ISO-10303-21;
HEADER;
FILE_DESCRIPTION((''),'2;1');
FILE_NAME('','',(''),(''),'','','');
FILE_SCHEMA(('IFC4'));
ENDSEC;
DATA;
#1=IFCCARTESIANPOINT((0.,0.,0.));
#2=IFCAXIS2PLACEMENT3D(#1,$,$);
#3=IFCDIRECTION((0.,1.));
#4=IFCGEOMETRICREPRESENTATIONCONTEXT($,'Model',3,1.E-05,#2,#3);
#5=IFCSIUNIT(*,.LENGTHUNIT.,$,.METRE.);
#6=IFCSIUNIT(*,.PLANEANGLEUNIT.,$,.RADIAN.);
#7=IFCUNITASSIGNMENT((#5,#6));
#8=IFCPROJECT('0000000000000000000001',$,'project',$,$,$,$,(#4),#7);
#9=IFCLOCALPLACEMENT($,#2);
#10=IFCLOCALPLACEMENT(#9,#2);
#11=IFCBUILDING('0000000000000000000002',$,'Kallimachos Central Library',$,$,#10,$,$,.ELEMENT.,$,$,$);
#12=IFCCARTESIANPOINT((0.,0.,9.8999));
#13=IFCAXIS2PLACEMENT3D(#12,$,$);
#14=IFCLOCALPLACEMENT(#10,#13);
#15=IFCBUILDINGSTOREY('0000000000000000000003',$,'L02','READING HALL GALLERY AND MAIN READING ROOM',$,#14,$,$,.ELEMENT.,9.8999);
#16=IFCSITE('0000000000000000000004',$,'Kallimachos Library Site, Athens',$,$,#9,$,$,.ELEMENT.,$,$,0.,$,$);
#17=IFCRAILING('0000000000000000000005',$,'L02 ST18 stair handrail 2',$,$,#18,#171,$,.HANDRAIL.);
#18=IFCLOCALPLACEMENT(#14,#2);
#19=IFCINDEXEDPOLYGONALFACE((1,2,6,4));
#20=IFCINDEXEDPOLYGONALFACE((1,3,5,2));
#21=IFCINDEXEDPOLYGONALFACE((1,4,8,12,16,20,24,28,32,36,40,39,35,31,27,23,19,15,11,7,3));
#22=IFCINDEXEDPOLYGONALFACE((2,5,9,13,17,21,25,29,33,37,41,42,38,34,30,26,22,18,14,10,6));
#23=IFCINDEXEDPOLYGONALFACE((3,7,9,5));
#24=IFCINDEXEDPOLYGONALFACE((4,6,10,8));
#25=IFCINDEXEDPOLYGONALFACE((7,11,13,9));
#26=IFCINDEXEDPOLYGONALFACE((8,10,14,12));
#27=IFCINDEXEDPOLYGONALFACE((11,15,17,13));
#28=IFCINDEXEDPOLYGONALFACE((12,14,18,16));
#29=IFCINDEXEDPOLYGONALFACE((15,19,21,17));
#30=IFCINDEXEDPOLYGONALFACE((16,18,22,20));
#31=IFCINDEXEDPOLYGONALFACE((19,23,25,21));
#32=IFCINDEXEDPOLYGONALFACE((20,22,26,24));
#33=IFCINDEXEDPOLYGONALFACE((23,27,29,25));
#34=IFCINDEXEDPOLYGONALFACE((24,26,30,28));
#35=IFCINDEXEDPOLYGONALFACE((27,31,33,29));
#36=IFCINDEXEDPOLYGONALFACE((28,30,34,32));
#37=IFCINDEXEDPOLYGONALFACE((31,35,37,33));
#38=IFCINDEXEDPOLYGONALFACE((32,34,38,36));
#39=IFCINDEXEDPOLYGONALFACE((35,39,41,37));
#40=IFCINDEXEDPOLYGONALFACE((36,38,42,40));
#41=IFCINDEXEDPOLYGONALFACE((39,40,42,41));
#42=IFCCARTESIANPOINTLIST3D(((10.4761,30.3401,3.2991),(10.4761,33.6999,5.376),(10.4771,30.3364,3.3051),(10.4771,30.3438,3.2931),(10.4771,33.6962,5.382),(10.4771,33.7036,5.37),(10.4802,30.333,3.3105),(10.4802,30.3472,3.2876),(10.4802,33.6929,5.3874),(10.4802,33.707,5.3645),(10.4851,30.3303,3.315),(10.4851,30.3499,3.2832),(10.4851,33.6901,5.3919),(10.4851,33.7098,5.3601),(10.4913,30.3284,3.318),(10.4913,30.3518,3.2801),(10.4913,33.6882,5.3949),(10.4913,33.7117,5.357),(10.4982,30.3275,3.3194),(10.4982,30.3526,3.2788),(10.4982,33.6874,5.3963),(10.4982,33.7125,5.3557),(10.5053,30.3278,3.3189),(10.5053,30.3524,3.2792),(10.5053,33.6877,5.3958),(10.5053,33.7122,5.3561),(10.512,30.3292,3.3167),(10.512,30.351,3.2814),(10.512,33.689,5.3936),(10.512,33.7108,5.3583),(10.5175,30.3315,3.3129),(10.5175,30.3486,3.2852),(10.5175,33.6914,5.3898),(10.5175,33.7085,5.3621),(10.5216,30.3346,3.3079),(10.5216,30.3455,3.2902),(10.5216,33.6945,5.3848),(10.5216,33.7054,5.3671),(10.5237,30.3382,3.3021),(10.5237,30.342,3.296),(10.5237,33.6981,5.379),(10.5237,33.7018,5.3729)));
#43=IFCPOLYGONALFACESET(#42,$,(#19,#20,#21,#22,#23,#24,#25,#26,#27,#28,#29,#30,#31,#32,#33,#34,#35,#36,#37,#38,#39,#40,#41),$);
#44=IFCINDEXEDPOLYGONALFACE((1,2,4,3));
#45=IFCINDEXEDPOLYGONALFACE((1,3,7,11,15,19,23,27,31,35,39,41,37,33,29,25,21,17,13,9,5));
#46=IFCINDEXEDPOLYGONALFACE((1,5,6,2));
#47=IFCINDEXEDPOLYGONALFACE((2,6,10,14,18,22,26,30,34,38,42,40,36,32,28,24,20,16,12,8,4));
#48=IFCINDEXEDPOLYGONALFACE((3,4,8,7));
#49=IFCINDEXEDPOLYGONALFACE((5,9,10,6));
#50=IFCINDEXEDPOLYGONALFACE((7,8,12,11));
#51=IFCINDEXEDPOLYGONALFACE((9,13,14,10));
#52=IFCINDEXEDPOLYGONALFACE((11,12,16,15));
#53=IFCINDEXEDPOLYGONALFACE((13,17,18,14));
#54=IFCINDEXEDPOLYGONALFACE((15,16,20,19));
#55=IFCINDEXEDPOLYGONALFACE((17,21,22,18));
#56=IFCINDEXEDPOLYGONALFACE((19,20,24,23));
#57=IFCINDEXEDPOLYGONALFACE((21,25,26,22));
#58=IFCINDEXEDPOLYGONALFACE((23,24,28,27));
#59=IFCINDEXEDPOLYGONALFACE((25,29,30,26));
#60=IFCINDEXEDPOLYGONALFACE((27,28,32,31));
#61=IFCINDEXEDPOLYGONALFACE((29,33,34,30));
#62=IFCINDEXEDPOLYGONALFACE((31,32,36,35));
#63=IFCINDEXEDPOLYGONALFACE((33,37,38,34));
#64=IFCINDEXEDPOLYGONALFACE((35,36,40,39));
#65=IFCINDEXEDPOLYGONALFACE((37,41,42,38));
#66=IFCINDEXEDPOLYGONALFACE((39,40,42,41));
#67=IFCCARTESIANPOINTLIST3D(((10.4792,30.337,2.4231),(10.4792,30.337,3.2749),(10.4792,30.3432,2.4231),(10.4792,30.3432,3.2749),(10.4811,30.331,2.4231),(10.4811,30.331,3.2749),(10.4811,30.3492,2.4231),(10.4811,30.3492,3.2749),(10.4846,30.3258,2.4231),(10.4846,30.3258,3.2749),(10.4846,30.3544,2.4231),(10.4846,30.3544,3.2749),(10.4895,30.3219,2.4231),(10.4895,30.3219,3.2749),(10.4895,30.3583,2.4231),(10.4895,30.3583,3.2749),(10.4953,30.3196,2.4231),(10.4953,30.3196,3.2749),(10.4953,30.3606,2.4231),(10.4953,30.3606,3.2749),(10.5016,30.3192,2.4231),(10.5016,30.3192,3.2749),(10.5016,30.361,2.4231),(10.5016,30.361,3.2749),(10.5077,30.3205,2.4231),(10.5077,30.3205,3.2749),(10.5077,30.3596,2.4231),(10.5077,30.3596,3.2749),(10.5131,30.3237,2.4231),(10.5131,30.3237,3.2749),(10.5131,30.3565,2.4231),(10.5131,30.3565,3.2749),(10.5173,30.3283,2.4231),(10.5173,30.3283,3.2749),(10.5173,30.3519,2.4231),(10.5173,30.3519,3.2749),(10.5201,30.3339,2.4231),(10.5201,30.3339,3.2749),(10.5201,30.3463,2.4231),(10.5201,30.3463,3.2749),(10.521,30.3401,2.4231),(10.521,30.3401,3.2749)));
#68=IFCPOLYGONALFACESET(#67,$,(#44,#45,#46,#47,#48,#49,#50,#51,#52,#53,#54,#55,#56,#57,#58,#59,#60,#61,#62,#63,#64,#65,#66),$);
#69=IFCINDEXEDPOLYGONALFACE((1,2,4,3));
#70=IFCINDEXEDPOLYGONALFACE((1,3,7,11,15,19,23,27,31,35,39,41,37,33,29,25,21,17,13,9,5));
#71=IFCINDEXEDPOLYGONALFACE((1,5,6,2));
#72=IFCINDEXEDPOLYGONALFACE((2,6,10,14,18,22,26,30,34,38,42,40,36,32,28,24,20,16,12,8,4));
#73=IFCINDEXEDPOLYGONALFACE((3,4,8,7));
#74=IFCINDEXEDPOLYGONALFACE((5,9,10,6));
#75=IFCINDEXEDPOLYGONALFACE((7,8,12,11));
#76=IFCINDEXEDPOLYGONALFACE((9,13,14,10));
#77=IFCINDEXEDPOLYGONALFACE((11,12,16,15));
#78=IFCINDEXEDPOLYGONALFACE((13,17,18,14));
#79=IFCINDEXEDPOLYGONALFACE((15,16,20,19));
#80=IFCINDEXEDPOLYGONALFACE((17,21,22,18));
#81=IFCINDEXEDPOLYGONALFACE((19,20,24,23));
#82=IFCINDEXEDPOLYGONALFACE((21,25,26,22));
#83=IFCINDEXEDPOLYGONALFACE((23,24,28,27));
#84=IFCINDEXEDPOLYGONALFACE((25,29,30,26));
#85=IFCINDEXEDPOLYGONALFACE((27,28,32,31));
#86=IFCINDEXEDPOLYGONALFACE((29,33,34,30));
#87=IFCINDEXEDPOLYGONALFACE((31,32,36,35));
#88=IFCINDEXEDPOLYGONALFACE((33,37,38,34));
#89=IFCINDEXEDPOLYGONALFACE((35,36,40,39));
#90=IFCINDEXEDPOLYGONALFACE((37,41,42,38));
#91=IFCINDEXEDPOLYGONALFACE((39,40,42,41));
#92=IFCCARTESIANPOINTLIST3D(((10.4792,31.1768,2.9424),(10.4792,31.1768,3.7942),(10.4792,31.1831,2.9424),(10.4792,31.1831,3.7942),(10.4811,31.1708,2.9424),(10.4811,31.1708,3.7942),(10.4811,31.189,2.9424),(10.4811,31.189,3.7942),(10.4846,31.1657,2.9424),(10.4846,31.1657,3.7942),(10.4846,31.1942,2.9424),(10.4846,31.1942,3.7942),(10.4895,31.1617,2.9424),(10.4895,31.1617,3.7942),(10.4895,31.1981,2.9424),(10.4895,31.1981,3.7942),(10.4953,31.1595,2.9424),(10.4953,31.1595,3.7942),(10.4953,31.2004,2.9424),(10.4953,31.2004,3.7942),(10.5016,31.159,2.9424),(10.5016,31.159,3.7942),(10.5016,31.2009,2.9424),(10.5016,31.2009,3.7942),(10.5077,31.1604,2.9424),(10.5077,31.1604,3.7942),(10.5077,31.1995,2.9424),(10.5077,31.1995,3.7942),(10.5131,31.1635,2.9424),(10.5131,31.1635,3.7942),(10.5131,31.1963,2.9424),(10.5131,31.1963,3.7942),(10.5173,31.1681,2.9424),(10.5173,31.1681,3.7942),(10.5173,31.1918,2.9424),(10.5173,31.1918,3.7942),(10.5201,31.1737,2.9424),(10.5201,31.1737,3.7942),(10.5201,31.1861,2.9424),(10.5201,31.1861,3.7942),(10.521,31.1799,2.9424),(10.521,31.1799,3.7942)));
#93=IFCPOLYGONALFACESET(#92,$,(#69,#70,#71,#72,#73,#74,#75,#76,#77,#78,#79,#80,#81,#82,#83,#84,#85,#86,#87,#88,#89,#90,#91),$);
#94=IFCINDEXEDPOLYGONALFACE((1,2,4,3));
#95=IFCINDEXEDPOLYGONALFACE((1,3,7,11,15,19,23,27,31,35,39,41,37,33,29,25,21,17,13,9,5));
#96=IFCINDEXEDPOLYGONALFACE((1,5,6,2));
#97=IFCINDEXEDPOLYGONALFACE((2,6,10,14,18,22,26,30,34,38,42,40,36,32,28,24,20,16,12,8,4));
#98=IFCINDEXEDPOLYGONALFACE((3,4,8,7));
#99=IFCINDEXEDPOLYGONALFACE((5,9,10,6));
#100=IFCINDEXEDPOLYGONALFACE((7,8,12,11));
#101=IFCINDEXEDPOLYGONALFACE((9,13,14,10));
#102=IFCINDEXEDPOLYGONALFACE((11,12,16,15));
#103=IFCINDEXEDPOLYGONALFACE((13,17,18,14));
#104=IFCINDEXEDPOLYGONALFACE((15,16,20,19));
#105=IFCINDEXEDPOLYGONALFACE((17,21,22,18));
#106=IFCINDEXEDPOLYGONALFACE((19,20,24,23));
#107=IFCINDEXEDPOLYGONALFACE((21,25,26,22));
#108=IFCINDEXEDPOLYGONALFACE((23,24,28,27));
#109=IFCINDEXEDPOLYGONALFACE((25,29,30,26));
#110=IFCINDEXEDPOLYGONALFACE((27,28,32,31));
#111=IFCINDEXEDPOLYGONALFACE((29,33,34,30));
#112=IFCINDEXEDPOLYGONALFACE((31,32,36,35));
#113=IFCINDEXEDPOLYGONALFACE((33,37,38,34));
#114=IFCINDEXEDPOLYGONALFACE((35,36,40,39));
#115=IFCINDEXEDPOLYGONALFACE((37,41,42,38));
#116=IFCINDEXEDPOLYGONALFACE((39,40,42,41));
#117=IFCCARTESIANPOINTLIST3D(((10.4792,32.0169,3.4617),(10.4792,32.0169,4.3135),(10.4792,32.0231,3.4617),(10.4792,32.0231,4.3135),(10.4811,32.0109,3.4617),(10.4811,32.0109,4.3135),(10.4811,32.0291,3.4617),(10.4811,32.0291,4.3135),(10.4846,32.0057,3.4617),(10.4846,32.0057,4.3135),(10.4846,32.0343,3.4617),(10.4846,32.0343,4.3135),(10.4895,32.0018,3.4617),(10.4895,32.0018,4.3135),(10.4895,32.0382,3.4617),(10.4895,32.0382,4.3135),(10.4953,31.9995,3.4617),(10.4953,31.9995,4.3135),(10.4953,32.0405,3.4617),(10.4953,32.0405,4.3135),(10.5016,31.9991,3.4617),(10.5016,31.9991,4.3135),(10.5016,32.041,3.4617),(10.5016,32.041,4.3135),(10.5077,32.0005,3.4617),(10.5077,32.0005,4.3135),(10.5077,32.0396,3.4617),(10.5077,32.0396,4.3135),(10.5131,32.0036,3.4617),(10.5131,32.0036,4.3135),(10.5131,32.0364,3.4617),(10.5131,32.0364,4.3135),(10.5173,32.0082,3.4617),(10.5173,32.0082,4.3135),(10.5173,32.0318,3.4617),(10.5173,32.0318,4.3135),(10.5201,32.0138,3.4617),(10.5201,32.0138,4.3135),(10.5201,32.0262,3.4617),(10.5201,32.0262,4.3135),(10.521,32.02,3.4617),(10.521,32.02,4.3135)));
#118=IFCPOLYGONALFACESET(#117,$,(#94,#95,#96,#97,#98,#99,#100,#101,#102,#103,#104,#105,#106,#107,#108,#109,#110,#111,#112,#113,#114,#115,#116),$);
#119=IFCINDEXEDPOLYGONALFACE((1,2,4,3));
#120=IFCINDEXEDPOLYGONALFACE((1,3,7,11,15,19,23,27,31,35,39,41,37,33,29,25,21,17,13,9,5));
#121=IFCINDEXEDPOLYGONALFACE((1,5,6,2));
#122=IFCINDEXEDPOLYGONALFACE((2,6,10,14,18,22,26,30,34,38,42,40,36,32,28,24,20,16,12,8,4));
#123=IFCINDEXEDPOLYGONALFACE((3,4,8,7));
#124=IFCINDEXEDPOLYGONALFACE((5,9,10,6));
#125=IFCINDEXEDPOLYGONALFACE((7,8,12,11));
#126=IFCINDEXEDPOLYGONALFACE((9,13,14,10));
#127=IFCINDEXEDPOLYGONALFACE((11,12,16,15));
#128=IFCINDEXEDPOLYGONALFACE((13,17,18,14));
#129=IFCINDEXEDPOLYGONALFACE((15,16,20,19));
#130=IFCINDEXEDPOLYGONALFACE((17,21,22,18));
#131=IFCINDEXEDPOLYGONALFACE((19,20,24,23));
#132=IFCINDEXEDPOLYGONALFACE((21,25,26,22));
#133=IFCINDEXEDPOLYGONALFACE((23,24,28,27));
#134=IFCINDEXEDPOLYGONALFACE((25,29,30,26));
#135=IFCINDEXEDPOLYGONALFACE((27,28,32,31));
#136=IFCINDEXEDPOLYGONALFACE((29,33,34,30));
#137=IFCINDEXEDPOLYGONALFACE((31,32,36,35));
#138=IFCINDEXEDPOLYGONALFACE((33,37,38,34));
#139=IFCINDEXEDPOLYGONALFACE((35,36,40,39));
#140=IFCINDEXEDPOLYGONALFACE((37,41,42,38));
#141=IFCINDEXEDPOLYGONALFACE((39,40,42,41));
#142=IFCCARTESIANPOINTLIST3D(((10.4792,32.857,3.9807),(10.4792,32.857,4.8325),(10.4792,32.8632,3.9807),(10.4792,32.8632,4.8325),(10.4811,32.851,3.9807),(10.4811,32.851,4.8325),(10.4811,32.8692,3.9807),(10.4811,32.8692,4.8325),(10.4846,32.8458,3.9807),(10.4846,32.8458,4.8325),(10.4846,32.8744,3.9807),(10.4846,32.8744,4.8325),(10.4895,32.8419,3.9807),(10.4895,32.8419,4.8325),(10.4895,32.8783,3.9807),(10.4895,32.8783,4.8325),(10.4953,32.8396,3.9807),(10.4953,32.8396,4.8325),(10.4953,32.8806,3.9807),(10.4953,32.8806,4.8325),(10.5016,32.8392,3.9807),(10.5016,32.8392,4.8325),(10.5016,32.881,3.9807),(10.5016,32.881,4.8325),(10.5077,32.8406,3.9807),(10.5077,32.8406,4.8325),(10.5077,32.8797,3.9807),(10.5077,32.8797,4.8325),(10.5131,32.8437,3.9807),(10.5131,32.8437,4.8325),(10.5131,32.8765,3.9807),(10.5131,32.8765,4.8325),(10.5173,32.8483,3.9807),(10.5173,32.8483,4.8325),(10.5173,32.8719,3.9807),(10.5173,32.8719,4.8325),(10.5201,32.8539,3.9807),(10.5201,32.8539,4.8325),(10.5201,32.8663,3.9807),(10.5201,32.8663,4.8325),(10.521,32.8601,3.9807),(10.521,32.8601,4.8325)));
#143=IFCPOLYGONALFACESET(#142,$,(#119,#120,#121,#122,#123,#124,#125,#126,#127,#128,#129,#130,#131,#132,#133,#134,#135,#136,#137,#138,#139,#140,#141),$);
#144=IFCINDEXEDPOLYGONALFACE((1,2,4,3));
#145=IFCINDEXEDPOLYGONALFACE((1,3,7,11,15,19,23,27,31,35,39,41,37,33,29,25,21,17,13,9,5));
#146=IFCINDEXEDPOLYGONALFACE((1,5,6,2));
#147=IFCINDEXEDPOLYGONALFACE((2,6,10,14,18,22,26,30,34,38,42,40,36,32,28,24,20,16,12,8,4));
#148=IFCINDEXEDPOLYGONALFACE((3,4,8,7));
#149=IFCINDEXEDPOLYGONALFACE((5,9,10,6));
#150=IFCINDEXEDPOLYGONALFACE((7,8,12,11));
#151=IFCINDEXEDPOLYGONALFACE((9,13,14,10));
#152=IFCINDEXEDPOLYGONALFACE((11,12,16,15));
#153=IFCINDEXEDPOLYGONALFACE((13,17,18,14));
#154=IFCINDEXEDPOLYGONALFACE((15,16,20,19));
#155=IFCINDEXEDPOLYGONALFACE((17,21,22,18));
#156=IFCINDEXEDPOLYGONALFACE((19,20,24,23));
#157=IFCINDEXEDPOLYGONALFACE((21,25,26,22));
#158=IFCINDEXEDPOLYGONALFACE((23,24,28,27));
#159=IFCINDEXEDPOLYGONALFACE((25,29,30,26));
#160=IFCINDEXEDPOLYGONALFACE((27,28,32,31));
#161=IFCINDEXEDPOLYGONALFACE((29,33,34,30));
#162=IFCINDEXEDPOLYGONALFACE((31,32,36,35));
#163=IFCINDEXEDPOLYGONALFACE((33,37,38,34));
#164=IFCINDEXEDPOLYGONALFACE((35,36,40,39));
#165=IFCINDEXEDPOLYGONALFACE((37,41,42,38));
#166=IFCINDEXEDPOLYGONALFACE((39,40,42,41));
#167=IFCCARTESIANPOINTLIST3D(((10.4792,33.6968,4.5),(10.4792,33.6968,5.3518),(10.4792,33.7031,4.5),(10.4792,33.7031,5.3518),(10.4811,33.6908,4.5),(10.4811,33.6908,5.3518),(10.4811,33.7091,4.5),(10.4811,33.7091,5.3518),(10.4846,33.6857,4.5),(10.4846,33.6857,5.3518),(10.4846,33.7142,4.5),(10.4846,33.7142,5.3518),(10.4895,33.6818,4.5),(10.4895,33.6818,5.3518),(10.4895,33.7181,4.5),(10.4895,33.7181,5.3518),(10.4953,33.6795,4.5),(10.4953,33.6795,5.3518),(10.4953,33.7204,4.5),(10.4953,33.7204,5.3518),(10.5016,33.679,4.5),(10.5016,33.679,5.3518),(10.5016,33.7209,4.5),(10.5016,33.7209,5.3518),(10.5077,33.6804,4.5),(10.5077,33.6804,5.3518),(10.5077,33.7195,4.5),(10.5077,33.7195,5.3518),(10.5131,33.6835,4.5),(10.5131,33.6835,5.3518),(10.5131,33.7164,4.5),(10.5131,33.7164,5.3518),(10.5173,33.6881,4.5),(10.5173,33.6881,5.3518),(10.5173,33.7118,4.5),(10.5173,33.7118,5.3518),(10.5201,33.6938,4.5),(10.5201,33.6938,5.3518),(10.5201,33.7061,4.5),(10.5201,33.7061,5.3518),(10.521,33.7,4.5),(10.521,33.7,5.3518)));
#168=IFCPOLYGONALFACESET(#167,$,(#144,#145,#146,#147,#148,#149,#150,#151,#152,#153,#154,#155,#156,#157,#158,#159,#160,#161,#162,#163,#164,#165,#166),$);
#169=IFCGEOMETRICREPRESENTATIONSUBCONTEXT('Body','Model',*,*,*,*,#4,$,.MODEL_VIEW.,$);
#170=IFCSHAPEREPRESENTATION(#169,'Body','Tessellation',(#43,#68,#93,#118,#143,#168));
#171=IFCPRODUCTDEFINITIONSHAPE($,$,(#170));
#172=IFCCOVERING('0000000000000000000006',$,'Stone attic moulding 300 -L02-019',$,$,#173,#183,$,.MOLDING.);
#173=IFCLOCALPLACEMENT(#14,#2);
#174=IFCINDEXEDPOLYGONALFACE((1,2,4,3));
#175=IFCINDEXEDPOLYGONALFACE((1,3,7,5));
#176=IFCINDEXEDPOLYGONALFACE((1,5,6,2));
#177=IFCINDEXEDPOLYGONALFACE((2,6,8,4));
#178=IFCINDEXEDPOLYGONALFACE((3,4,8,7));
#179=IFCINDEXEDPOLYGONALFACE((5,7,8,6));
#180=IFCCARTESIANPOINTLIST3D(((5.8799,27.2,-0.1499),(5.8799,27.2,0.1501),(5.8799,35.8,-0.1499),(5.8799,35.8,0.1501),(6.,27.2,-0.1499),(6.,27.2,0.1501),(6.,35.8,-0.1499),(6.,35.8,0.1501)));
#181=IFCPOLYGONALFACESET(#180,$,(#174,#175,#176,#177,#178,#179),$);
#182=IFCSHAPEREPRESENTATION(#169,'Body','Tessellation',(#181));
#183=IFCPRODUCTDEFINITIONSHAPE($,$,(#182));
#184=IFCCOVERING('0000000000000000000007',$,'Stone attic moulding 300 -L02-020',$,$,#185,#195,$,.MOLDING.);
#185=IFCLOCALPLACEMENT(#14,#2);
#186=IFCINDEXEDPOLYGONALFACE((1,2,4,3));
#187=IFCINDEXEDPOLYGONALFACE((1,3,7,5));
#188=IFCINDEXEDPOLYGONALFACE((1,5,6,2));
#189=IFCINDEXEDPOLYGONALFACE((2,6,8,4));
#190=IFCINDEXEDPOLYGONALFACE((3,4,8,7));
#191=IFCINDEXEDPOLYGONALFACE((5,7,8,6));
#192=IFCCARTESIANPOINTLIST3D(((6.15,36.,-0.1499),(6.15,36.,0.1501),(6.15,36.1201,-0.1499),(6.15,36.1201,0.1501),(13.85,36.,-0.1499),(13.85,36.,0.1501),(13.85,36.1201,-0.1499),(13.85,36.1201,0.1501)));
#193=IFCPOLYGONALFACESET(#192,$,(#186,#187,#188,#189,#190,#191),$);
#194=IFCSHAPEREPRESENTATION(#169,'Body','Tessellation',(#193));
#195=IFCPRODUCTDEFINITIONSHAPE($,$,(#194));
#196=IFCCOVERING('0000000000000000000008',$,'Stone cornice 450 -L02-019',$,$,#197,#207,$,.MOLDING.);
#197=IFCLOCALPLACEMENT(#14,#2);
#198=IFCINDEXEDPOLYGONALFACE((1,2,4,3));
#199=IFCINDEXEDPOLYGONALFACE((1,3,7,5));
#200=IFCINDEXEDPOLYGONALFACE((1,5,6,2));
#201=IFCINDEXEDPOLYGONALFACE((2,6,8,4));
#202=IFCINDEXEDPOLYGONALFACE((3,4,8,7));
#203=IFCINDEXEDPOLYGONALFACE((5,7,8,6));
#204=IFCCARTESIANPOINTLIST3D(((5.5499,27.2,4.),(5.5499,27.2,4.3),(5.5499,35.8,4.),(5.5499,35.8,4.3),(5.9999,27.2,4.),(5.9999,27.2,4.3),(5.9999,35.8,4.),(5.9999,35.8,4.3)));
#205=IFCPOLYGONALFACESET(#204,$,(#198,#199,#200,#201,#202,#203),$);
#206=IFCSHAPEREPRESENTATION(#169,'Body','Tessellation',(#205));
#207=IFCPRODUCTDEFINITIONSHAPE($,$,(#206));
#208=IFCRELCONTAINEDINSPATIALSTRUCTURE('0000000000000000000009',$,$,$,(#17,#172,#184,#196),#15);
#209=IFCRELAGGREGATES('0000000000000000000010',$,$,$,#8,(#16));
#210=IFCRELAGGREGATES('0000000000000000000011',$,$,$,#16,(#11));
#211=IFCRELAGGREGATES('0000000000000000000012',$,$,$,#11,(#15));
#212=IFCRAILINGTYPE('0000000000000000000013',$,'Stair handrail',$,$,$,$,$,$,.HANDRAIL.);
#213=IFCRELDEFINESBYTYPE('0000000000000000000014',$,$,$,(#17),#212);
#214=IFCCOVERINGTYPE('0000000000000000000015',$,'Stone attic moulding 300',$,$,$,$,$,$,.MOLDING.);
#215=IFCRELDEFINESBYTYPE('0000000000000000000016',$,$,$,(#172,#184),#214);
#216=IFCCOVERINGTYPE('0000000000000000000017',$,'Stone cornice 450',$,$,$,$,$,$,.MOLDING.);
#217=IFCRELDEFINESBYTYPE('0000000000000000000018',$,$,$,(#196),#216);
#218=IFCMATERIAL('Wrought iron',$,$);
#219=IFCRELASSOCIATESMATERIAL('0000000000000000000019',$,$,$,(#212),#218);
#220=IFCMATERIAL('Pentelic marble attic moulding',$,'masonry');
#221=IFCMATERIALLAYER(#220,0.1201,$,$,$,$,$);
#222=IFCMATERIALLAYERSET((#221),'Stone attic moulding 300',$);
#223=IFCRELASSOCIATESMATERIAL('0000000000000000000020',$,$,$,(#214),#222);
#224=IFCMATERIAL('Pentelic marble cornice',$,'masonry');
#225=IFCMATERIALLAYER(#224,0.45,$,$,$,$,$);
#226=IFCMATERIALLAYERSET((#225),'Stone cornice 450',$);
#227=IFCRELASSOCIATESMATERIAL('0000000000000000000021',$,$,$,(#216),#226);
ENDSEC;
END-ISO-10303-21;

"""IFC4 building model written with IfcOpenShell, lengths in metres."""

from ifc_helpers import new_model, si_unit, direction, frame, origin, origin_2d, place, context, subcontext, project, spatial, rectangle, circle, extrude, material, layer, layer_set, type_object, element, save


model = new_model("IFC4")

# Units and contexts
model_context = context("Model", 3, precision=1e-05, world=origin(), true_north=direction((0.0, 1.0)))
body_context = subcontext(model_context, "Body", "Model", "MODEL_VIEW")
ifc_project = project(units=[si_unit("LENGTHUNIT", "METRE"), si_unit("PLANEANGLEUNIT", "RADIAN")], contexts=[model_context])

# Site, building, storey
site_placement = place(None, origin())
site = spatial("IfcSite", under=ifc_project, at=site_placement, Name="Kallimachos Library Site, Athens", CompositionType="ELEMENT", RefElevation=0.0)
building_placement = place(site_placement, origin())
building = spatial("IfcBuilding", under=site, at=building_placement, Name="Kallimachos Central Library", CompositionType="ELEMENT")
storey_placement = place(building_placement, frame((0.0, 0.0, 9.8999)))
storey = spatial("IfcBuildingStorey", under=building, at=storey_placement, Name="L02", Description="READING HALL GALLERY AND MAIN READING ROOM", CompositionType="ELEMENT", Elevation=9.8999)

# Railing
ifc_material_1 = material(Name="Wrought iron")
railing_type_1 = type_object("IfcRailingType", Name="Stair handrail", PredefinedType="HANDRAIL", material=ifc_material_1)
railing_1_placement = place(storey_placement, frame((10.5, 30.3401, 2.4231)))
element("IfcRailing", 1, at=railing_1_placement, inside=storey, type_object=railing_type_1, Name="L02 ST18 stair handrail 2", PredefinedType="HANDRAIL", context=body_context, shape_type="SweptSolid", body=[
    extrude(circle(Radius=0.0239, at=origin_2d()), frame((0.0, 0.0, 0.876), z_axis=(0.0, 0.850606, 0.525803), x_axis=(-1.0, 0.0, 0.0)), (0.0, 0.0, 1.0), 3.95),
    extrude(circle(Radius=0.021, at=origin_2d()), origin(), (0.0, 0.0, 1.0), 0.8518),
    extrude(circle(Radius=0.021, at=origin_2d()), frame((0.0, 0.8398, 0.5193)), (0.0, 0.0, 1.0), 0.8518),
    extrude(circle(Radius=0.021, at=origin_2d()), frame((0.0, 1.6799, 1.0386)), (0.0, 0.0, 1.0), 0.8518),
    extrude(circle(Radius=0.021, at=origin_2d()), frame((0.0, 2.52, 1.5576)), (0.0, 0.0, 1.0), 0.8518),
    extrude(circle(Radius=0.021, at=origin_2d()), frame((0.0, 3.3599, 2.0769)), (0.0, 0.0, 1.0), 0.8518),
])

# Coverings
ifc_material_2 = material(Name="Pentelic marble attic moulding", Category="masonry")
ifc_layer_1 = layer(ifc_material_2, 0.1201)
ifc_layer_set_1 = layer_set([ifc_layer_1], Name="Stone attic moulding 300")
covering_type_1 = type_object("IfcCoveringType", Name="Stone attic moulding 300", PredefinedType="MOLDING", material=ifc_layer_set_1)
covering_1_placement = place(storey_placement, frame((5.9399, 31.5, -0.1499), z_axis=(0.0, 0.0, 1.0), x_axis=(1.0, 0.0, 0.0)))
element("IfcCovering", 2, at=covering_1_placement, inside=storey, type_object=covering_type_1, Name="Stone attic moulding 300 -L02-019", PredefinedType="MOLDING", context=body_context, shape_type="SweptSolid", body=[
    extrude(rectangle(XDim=0.1201, YDim=8.6001, at=origin_2d()), origin(), (0.0, 0.0, 1.0), 0.3),
])
covering_2_placement = place(storey_placement, frame((10.0, 36.0601, -0.1499), z_axis=(0.0, 0.0, 1.0), x_axis=(1.0, 0.0, 0.0)))
element("IfcCovering", 3, at=covering_2_placement, inside=storey, type_object=covering_type_1, Name="Stone attic moulding 300 -L02-020", PredefinedType="MOLDING", context=body_context, shape_type="SweptSolid", body=[
    extrude(rectangle(XDim=7.7, YDim=0.1201, at=origin_2d()), origin(), (0.0, 0.0, 1.0), 0.3),
])
ifc_material_3 = material(Name="Pentelic marble cornice", Category="masonry")
ifc_layer_2 = layer(ifc_material_3, 0.45)
ifc_layer_set_2 = layer_set([ifc_layer_2], Name="Stone cornice 450")
covering_type_2 = type_object("IfcCoveringType", Name="Stone cornice 450", PredefinedType="MOLDING", material=ifc_layer_set_2)
covering_3_placement = place(storey_placement, frame((5.7749, 31.5, 4.0), z_axis=(0.0, 0.0, 1.0), x_axis=(1.0, 0.0, 0.0)))
element("IfcCovering", 4, at=covering_3_placement, inside=storey, type_object=covering_type_2, Name="Stone cornice 450 -L02-019", PredefinedType="MOLDING", context=body_context, shape_type="SweptSolid", body=[
    extrude(rectangle(XDim=0.45, YDim=8.6001, at=origin_2d()), origin(), (0.0, 0.0, 1.0), 0.3),
])

save(model, "model.ifc")
